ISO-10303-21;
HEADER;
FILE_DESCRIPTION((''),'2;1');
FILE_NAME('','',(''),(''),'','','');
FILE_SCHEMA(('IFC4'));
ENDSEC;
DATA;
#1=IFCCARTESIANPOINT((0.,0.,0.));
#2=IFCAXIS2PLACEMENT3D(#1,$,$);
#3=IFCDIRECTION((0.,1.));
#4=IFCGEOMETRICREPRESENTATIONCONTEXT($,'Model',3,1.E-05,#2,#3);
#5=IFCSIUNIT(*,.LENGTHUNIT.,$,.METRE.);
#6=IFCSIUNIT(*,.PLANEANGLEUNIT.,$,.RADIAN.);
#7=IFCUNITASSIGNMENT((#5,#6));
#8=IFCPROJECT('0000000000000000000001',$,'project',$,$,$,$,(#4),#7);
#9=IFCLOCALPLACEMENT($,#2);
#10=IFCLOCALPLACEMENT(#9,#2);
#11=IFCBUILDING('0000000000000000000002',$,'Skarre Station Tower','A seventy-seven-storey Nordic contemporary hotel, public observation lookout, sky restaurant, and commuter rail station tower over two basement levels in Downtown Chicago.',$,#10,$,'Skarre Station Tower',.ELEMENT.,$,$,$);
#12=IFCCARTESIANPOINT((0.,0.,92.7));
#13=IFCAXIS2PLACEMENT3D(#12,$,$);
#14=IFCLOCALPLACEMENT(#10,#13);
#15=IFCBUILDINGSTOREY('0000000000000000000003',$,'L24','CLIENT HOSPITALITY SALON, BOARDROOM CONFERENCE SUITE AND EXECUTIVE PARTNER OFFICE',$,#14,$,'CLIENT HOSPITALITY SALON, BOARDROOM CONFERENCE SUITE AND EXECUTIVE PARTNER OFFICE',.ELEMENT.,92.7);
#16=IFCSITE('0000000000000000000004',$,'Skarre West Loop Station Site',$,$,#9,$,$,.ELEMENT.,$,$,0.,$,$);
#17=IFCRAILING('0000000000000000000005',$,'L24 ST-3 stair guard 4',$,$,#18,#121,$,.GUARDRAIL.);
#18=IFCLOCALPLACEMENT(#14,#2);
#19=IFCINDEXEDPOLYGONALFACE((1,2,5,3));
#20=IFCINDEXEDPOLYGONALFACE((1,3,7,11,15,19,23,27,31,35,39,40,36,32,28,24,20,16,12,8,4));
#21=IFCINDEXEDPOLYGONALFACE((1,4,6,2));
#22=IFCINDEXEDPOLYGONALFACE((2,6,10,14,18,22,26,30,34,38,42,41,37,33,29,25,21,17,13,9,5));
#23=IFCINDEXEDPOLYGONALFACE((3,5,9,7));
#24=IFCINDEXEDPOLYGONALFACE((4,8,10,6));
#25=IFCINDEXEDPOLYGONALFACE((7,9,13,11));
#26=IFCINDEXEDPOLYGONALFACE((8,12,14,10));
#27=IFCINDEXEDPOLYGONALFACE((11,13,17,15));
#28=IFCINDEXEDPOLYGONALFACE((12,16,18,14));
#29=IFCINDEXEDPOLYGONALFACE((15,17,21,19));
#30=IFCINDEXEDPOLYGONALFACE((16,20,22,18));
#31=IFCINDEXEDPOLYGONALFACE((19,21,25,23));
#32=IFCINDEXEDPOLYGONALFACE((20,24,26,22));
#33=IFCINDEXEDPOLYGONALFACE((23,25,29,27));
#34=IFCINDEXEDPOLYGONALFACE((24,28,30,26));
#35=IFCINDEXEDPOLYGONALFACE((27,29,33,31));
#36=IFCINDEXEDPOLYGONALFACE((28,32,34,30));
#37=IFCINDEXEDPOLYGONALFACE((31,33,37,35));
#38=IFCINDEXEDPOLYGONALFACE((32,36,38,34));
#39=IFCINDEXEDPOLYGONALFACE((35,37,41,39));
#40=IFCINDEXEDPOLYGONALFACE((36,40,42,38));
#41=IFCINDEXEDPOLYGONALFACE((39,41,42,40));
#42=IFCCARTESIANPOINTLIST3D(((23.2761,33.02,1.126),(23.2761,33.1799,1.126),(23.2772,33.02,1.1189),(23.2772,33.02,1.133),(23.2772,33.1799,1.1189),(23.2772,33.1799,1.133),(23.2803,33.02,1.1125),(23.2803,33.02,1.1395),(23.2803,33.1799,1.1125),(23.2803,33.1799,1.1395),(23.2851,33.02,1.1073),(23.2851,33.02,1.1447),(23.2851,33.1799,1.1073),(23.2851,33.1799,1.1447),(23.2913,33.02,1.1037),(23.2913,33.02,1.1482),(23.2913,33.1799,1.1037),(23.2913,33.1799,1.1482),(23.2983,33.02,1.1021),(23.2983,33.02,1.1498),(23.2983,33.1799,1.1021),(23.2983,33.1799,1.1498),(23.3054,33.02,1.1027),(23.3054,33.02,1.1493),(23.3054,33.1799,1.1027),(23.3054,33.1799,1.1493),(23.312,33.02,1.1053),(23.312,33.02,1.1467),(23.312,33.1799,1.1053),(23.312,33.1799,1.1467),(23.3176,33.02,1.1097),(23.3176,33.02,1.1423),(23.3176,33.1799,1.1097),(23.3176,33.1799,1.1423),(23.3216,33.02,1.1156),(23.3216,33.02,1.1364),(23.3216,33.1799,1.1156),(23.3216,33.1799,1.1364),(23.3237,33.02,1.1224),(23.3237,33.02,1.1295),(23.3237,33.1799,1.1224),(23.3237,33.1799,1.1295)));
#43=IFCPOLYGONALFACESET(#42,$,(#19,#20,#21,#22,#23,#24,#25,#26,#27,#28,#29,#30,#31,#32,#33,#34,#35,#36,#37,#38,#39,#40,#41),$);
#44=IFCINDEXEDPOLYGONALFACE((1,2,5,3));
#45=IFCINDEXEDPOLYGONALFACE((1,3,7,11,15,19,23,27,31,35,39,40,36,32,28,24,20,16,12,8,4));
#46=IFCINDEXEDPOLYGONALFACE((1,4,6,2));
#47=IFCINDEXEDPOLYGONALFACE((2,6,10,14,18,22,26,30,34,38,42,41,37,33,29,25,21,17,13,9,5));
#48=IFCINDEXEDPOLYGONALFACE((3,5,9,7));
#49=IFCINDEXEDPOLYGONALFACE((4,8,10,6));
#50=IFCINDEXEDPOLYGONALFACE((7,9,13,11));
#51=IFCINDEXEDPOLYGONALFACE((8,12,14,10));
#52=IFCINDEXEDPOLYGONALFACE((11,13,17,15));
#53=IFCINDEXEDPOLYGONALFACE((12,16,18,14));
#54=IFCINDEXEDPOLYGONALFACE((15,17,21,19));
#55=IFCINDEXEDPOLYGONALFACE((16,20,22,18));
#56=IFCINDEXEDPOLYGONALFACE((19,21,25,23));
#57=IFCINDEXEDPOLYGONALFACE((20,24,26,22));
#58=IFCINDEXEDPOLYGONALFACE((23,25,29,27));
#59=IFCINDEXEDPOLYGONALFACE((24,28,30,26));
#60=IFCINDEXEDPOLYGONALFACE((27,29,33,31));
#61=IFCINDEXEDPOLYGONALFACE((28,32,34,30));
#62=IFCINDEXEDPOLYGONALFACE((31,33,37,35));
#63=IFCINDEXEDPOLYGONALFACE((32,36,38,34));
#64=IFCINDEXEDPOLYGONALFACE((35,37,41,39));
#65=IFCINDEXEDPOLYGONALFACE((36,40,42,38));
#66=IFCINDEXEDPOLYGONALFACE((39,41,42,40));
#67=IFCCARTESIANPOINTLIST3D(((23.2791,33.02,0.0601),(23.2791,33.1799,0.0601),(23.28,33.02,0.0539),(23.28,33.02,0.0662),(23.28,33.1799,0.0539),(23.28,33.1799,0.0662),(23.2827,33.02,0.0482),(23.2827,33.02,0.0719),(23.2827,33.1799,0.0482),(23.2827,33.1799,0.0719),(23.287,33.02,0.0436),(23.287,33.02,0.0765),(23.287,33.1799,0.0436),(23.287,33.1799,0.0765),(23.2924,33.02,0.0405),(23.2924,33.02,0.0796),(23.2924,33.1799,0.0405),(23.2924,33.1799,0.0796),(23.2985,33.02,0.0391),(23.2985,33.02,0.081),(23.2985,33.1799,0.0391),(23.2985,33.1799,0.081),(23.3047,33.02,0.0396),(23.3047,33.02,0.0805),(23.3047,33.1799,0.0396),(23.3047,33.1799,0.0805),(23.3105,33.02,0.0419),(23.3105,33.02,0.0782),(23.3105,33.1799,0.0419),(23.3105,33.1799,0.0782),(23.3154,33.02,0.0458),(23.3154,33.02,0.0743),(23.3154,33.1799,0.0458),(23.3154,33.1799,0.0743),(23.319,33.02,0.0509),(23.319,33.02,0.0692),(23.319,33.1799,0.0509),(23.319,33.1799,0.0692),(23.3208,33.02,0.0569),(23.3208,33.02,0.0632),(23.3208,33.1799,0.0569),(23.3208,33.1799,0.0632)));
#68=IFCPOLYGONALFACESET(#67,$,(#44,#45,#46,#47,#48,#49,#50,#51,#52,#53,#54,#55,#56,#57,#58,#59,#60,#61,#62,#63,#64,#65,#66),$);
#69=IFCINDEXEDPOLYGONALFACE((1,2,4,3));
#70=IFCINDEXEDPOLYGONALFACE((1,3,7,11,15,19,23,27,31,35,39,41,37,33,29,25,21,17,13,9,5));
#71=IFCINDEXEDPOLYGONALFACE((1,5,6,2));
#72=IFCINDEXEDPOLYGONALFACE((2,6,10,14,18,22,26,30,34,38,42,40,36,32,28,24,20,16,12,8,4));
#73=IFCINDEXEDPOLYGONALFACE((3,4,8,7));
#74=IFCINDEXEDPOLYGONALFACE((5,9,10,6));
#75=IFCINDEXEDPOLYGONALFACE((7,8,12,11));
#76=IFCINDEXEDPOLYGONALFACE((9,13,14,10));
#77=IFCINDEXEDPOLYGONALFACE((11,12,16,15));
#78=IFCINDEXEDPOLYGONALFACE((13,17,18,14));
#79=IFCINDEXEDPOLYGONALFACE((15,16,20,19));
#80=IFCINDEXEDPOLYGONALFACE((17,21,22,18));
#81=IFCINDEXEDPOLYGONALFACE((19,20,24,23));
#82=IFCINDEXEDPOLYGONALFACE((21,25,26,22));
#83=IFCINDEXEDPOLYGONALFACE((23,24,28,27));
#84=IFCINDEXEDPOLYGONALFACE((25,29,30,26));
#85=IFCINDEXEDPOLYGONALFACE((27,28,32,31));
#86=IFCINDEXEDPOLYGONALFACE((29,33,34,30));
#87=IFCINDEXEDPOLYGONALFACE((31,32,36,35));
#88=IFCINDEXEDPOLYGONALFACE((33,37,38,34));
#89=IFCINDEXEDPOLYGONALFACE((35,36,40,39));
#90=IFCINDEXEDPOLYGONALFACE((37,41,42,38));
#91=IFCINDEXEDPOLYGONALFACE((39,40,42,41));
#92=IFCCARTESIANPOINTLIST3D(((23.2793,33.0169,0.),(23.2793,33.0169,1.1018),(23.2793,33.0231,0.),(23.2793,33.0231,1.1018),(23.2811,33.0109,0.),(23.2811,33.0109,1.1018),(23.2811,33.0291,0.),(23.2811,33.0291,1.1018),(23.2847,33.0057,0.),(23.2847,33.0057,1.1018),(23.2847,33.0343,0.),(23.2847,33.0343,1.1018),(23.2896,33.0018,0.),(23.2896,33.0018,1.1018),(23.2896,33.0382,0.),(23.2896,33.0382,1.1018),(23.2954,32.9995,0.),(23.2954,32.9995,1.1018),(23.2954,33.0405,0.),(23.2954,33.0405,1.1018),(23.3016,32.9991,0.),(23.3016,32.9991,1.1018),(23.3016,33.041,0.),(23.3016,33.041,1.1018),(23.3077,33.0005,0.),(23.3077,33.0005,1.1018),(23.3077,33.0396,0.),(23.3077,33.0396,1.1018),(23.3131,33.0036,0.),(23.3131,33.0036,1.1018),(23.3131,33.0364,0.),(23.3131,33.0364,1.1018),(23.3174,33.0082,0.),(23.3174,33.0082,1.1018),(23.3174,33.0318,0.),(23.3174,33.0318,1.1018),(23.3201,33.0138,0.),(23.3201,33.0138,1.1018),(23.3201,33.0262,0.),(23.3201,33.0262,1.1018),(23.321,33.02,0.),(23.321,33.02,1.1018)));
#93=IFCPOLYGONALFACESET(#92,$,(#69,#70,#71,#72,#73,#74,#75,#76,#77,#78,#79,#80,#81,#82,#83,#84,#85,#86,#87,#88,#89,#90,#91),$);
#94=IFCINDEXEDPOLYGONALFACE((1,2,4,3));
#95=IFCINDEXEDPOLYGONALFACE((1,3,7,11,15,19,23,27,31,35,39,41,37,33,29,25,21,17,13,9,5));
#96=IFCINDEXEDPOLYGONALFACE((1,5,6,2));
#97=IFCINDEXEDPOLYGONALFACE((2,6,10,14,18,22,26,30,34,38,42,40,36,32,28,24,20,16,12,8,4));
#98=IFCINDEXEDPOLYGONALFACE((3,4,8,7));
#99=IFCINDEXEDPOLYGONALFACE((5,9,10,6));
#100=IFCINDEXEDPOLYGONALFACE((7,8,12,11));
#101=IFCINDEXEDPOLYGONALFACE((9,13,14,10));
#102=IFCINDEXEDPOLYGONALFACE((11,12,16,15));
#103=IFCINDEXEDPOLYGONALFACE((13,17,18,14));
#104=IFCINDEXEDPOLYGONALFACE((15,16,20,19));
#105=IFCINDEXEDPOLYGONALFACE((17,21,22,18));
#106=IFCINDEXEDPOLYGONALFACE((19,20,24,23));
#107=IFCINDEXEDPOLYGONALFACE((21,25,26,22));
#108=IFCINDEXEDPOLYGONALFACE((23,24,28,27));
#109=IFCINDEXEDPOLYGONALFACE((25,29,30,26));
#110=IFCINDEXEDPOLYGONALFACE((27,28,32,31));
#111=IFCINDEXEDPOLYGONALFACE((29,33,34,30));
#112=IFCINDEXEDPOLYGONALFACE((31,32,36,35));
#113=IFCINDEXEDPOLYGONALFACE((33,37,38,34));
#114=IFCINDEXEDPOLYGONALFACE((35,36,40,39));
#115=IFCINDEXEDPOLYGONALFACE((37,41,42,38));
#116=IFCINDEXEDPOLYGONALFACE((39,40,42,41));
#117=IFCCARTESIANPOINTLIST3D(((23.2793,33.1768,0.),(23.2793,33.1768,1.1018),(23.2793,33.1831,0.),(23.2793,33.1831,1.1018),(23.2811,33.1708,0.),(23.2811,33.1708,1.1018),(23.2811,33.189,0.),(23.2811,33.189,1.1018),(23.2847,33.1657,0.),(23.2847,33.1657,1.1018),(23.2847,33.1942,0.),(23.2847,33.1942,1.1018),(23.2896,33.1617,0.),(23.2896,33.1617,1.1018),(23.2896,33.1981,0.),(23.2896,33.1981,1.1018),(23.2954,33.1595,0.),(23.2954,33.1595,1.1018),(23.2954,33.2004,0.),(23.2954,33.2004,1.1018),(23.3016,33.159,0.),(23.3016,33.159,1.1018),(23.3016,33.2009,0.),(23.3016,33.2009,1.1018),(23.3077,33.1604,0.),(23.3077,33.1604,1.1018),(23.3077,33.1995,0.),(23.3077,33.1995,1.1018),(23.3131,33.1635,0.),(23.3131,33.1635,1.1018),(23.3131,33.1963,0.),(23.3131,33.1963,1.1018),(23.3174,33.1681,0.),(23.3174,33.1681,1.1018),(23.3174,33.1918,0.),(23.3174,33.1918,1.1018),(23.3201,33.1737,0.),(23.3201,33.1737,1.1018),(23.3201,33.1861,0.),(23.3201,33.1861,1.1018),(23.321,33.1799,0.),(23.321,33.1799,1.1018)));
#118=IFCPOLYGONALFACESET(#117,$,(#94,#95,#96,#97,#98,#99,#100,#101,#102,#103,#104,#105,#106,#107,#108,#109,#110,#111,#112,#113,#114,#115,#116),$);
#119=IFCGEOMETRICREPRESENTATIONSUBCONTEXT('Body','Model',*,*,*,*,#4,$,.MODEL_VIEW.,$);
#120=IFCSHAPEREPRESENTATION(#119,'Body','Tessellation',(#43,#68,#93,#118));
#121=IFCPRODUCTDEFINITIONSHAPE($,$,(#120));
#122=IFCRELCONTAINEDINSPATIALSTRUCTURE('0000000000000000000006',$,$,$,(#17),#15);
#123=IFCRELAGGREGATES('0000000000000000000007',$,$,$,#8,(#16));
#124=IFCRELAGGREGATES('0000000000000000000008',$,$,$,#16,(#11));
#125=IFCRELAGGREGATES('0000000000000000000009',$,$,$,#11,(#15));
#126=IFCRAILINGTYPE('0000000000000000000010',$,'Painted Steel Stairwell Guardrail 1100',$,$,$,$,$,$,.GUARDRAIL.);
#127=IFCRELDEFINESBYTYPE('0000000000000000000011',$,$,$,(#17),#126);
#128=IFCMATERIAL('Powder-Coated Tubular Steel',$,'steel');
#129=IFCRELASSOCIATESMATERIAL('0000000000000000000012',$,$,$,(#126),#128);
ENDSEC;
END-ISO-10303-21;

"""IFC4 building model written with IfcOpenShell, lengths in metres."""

from ifc_helpers import new_model, si_unit, direction, frame, origin, origin_2d, place, context, subcontext, project, spatial, circle, extrude, material, type_object, element, save


model = new_model("IFC4")

# Units and contexts
model_context = context("Model", 3, precision=1e-05, world=origin(), true_north=direction((0.0, 1.0)))
body_context = subcontext(model_context, "Body", "Model", "MODEL_VIEW")
ifc_project = project(units=[si_unit("LENGTHUNIT", "METRE"), si_unit("PLANEANGLEUNIT", "RADIAN")], contexts=[model_context])

# Site, building, storey
site_placement = place(None, origin())
site = spatial("IfcSite", under=ifc_project, at=site_placement, Name="Skarre West Loop Station Site", CompositionType="ELEMENT", RefElevation=0.0)
building_placement = place(site_placement, origin())
building = spatial("IfcBuilding", under=site, at=building_placement, Name="Skarre Station Tower", Description="A seventy-seven-storey Nordic contemporary hotel, public observation lookout, sky restaurant, and commuter rail station tower over two basement levels in Downtown Chicago.", LongName="Skarre Station Tower", CompositionType="ELEMENT")
storey_placement = place(building_placement, frame((0.0, 0.0, 92.7)))
storey = spatial("IfcBuildingStorey", under=building, at=storey_placement, Name="L24", Description="CLIENT HOSPITALITY SALON, BOARDROOM CONFERENCE SUITE AND EXECUTIVE PARTNER OFFICE", LongName="CLIENT HOSPITALITY SALON, BOARDROOM CONFERENCE SUITE AND EXECUTIVE PARTNER OFFICE", CompositionType="ELEMENT", Elevation=92.7)

# Railing
ifc_material_1 = material(Name="Powder-Coated Tubular Steel", Category="steel")
railing_type_1 = type_object("IfcRailingType", Name="Painted Steel Stairwell Guardrail 1100", PredefinedType="GUARDRAIL", material=ifc_material_1)
railing_1_placement = place(storey_placement, frame((23.3, 33.02, 0.0)))
element("IfcRailing", 1, at=railing_1_placement, inside=storey, type_object=railing_type_1, Name="L24 ST-3 stair guard 4", PredefinedType="GUARDRAIL", context=body_context, shape_type="SweptSolid", body=[
    extrude(circle(Radius=0.0239, at=origin_2d()), frame((0.0, 0.0, 1.126), z_axis=(0.0, 1.0, 0.0), x_axis=(-1.0, 0.0, 0.0)), (0.0, 0.0, 1.0), 0.1599),
    extrude(circle(Radius=0.021, at=origin_2d()), frame((0.0, 0.0, 0.0601), z_axis=(0.0, 1.0, 0.0), x_axis=(-1.0, 0.0, 0.0)), (0.0, 0.0, 1.0), 0.1599),
    extrude(circle(Radius=0.021, at=origin_2d()), origin(), (0.0, 0.0, 1.0), 1.1018),
    extrude(circle(Radius=0.021, at=origin_2d()), frame((0.0, 0.1599, 0.0)), (0.0, 0.0, 1.0), 1.1018),
])

save(model, "model.ifc")
